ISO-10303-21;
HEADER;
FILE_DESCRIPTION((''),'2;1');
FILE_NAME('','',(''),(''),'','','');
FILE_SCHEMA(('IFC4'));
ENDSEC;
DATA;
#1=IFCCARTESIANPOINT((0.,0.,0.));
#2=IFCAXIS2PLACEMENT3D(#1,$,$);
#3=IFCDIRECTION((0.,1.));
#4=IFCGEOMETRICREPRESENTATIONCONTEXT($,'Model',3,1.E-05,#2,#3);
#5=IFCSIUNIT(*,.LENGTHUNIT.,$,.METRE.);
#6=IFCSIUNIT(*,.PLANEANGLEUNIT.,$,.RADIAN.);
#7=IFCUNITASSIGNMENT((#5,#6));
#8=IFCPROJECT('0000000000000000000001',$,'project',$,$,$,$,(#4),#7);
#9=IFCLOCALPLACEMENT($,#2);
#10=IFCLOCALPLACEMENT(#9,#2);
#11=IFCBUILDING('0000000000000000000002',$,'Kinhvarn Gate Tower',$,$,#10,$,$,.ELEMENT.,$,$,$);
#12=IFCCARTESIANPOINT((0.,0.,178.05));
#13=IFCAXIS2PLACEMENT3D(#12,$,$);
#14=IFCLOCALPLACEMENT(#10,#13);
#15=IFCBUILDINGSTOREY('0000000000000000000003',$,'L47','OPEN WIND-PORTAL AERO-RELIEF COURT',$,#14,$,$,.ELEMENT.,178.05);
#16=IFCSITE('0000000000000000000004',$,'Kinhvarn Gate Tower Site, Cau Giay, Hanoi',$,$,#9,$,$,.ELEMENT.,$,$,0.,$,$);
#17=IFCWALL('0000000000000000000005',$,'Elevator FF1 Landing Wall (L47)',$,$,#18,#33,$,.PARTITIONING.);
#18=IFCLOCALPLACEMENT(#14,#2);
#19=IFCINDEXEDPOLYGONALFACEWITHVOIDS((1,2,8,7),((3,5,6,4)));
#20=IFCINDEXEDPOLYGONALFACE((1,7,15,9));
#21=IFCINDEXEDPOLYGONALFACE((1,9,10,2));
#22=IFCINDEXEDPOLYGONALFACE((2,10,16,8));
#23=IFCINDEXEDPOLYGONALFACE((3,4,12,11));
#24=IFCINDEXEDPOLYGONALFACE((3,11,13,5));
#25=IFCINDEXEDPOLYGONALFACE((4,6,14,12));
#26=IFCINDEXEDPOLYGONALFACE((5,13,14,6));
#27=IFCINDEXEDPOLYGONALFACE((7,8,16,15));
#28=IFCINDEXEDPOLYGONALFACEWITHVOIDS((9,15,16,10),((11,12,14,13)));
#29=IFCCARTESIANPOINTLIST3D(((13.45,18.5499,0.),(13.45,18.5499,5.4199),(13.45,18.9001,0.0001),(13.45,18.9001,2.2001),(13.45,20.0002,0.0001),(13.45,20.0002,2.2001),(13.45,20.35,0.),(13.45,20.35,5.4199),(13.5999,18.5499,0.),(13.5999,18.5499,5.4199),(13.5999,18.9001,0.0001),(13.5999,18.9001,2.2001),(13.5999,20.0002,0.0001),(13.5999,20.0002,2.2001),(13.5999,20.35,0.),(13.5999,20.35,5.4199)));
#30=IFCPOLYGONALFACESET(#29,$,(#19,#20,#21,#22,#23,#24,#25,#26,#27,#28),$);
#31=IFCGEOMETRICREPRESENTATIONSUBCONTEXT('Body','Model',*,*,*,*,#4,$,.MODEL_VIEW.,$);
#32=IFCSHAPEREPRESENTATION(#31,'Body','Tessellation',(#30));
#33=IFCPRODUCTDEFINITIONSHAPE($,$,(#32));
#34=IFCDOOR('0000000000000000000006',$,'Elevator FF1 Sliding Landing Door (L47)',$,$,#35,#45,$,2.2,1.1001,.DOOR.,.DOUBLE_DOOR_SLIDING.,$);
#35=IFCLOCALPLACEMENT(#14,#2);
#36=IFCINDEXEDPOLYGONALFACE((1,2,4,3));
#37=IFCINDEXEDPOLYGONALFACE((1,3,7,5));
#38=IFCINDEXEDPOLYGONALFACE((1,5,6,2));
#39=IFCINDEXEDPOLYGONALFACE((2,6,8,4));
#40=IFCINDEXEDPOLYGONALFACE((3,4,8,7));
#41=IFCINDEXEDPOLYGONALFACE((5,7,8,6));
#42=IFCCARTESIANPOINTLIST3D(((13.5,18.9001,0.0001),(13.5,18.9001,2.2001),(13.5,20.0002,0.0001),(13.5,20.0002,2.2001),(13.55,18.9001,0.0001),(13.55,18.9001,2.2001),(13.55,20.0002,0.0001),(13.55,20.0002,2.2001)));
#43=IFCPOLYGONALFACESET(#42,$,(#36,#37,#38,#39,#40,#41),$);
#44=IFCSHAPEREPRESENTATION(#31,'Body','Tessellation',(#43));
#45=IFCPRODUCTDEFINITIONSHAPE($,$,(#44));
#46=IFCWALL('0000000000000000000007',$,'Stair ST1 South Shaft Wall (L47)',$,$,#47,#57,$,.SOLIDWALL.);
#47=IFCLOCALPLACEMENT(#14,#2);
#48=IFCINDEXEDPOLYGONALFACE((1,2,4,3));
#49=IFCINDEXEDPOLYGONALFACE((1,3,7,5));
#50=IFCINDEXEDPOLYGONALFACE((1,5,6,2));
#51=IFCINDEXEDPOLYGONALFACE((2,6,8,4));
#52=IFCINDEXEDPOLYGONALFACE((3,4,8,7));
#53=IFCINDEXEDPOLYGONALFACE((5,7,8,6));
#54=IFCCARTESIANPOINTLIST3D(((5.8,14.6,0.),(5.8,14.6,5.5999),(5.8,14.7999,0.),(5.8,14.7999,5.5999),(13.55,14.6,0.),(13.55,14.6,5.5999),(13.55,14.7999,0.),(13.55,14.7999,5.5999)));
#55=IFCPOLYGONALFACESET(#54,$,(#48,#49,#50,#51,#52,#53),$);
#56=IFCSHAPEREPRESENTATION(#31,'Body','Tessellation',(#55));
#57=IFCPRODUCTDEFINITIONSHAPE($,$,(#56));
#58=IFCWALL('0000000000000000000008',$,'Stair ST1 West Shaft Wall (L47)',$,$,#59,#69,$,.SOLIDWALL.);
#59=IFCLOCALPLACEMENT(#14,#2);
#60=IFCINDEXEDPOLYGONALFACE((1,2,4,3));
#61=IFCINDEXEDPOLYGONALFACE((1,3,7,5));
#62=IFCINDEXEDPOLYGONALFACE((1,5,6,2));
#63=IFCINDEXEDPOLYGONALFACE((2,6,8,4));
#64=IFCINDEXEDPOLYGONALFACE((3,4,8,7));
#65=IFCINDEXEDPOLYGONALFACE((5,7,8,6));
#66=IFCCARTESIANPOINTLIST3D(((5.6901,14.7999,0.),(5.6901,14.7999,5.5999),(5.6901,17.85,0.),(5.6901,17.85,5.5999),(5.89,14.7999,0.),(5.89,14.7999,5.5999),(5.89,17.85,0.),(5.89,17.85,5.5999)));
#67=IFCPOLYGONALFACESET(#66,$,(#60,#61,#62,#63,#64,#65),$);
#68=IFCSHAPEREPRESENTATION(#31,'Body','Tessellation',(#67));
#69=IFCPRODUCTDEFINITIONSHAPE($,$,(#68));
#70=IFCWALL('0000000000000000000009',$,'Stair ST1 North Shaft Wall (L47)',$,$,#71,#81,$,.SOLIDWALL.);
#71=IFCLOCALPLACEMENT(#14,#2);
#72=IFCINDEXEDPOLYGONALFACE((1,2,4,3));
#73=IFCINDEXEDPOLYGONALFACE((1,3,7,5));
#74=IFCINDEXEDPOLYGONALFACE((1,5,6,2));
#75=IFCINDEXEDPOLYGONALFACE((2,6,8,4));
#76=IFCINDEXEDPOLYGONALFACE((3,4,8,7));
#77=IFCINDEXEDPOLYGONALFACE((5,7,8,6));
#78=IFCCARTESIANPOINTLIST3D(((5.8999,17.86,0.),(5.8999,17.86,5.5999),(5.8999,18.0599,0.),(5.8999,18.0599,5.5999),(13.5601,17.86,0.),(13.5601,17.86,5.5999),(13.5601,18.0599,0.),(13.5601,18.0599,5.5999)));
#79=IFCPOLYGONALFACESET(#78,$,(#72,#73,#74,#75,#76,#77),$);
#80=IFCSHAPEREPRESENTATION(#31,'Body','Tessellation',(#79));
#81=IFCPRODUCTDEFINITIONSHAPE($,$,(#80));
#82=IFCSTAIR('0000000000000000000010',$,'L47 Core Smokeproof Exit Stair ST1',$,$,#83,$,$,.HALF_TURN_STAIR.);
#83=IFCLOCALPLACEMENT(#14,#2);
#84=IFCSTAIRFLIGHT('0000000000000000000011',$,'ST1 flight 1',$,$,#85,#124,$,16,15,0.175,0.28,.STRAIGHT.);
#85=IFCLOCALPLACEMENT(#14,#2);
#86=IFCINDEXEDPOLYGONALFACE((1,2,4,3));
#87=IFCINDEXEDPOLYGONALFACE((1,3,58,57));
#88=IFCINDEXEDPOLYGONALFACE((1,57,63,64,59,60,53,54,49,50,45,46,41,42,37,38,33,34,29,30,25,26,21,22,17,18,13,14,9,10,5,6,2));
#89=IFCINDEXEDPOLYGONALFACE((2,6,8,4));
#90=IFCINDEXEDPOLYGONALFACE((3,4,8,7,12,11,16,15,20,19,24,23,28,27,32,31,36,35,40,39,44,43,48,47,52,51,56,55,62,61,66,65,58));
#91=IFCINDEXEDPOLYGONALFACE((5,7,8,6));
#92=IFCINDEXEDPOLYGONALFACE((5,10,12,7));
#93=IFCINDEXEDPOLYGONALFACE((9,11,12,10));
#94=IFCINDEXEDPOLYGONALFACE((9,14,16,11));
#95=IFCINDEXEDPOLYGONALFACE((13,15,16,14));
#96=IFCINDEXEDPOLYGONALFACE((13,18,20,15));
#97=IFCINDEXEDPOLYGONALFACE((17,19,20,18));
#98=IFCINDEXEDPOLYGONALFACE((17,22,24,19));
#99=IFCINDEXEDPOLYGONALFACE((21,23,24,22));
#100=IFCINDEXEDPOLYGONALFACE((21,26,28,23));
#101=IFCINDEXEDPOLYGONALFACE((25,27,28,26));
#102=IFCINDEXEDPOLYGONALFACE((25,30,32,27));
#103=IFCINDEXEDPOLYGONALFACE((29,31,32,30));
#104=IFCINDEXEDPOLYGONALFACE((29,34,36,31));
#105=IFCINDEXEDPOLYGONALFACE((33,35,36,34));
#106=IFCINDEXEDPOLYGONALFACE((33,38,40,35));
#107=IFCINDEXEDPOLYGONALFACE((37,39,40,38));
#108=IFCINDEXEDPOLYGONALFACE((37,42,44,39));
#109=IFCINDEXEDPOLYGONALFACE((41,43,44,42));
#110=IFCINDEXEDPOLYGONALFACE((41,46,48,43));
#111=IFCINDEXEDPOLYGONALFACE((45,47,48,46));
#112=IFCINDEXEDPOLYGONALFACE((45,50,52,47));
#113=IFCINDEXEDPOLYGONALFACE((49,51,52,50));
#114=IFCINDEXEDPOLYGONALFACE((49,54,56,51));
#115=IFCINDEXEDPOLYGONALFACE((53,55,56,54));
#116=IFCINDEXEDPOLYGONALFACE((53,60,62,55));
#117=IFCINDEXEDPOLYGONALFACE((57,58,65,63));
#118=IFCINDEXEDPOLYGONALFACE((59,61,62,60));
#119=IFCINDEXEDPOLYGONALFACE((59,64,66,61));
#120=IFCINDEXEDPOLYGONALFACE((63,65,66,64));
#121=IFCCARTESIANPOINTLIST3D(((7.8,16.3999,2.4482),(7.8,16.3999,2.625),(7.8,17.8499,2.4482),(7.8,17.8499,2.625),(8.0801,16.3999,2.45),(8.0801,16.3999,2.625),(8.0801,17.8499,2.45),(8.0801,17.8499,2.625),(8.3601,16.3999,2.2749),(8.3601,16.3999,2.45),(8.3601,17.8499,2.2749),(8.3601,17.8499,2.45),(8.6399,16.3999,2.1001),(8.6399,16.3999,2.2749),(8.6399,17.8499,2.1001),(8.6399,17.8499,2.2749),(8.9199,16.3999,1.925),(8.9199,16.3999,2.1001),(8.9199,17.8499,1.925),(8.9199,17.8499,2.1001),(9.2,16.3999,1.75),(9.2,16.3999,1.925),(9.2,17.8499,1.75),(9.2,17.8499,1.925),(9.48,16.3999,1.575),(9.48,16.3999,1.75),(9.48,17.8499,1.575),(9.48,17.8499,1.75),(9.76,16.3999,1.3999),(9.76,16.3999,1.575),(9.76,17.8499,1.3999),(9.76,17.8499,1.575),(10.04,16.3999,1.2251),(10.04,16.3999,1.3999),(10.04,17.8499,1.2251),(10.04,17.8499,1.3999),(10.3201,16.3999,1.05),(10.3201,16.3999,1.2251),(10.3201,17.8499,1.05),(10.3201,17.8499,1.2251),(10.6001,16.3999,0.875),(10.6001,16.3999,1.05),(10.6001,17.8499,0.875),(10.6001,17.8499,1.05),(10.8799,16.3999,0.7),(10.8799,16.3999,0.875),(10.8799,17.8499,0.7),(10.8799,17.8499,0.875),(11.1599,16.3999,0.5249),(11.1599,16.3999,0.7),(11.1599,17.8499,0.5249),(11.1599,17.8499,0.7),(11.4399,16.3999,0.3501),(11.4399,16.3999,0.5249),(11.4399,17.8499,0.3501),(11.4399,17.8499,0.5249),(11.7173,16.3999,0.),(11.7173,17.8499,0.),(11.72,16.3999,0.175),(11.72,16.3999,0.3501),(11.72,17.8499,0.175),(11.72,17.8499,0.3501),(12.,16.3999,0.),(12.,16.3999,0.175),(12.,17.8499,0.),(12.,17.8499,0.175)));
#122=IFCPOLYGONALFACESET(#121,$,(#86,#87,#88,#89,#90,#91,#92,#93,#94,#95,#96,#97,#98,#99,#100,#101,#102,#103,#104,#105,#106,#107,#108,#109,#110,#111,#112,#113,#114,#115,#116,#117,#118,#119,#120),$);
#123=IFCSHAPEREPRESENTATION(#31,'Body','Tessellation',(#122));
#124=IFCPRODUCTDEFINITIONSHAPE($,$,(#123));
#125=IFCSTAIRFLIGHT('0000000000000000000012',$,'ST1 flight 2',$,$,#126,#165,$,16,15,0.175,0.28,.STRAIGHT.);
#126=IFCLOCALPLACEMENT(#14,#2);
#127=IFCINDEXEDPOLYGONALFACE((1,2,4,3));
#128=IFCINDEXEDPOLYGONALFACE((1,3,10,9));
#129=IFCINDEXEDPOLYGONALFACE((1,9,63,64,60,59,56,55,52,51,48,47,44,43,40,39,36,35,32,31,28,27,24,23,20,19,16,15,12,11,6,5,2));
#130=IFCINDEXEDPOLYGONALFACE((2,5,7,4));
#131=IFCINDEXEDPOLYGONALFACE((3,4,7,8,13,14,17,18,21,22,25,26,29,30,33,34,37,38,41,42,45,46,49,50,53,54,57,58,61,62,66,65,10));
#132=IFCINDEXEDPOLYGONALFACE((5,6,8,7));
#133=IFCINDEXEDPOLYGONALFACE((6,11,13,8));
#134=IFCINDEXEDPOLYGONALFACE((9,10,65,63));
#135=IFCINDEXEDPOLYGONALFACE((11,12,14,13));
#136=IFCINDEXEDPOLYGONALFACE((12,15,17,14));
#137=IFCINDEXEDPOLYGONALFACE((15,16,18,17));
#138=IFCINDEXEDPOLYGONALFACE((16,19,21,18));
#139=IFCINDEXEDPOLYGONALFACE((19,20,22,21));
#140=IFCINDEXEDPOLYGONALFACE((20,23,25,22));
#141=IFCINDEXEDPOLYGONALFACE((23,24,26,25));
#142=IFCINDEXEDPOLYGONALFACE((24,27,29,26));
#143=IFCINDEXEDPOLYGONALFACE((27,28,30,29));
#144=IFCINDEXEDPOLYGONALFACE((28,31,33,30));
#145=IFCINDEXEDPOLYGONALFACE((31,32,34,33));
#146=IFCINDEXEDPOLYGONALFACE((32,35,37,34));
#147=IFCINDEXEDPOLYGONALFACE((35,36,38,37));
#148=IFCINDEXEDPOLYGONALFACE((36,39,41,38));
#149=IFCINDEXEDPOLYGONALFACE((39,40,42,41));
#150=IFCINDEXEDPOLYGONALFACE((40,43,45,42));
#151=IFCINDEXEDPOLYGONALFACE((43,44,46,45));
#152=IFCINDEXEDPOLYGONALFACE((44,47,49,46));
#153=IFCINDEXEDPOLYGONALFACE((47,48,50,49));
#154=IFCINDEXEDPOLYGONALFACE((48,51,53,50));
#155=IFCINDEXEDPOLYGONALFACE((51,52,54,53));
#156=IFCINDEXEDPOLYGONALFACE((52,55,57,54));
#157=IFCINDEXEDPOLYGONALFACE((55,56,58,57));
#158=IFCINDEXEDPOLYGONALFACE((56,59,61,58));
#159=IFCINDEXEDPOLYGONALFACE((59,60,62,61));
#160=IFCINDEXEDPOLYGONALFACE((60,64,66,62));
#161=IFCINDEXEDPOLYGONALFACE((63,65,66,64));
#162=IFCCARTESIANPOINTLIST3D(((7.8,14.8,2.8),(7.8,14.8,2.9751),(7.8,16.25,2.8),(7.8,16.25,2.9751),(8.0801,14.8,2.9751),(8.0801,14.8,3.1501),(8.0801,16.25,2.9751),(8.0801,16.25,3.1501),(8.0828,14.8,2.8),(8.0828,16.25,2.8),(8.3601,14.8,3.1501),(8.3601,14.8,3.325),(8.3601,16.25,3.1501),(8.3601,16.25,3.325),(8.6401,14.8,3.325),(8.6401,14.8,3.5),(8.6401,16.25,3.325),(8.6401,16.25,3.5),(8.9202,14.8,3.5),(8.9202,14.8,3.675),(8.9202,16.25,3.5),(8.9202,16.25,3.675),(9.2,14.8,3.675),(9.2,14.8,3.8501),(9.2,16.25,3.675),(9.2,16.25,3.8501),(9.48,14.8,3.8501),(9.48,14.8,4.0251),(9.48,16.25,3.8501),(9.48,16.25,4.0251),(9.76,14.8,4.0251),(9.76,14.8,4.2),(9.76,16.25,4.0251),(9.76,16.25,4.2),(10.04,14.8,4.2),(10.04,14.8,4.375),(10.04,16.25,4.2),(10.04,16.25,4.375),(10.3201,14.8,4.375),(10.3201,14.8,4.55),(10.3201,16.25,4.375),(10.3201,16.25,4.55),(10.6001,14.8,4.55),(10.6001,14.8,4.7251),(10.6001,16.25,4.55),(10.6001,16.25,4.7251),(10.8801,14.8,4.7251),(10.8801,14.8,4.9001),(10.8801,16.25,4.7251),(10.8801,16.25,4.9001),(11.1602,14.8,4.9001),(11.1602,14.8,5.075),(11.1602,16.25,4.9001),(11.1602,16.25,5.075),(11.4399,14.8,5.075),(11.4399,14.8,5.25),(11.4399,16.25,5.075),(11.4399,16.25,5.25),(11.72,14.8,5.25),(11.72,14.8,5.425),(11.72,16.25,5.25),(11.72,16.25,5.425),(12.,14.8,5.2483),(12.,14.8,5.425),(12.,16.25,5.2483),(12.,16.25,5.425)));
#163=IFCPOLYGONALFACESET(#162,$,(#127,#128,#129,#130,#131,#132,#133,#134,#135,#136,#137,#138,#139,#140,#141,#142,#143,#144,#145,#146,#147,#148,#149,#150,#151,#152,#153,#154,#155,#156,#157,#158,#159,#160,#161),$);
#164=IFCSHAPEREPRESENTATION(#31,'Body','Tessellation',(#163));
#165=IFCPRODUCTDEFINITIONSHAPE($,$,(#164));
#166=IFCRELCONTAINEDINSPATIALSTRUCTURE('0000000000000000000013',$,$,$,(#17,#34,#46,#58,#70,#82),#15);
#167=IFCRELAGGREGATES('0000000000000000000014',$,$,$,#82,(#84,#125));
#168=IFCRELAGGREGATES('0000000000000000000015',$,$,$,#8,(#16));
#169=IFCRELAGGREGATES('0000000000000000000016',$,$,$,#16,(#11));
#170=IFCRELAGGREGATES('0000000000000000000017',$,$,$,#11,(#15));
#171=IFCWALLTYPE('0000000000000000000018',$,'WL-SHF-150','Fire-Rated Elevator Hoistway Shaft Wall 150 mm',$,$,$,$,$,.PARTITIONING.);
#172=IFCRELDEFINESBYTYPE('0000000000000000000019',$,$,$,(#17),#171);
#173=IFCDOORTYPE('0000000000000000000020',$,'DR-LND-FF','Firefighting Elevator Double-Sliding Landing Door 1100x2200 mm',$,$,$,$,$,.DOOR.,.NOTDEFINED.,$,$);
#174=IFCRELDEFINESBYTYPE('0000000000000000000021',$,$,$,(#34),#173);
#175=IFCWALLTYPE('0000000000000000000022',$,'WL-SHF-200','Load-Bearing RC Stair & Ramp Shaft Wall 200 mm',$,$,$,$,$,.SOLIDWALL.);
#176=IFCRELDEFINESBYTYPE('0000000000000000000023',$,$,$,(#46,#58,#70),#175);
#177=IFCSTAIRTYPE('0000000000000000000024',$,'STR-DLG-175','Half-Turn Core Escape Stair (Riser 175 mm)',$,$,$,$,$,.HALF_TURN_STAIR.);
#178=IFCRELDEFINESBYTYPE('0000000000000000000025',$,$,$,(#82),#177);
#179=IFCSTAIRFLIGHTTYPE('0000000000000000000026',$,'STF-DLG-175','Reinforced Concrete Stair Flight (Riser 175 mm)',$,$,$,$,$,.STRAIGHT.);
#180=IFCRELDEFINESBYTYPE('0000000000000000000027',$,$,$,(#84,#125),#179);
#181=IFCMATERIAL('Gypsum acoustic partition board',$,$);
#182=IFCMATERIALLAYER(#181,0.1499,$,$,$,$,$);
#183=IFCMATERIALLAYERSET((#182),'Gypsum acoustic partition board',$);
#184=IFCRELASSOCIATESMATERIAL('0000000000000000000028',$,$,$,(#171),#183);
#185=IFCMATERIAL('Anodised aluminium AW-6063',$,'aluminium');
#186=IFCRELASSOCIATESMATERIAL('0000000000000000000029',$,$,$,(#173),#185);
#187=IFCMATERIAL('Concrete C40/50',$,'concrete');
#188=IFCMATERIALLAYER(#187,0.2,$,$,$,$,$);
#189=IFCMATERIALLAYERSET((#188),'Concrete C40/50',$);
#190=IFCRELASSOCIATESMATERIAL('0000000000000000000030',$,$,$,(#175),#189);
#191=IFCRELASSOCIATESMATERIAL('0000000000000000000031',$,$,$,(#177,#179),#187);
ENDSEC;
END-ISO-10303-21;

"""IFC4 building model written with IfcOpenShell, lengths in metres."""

from ifc_helpers import new_model, si_unit, direction, frame, frame_2d, origin, place, context, subcontext, project, spatial, polyline, rectangle, outline, extrude, material, layer, layer_set, type_object, element, fill, aggregate, save


model = new_model("IFC4")

# Units and contexts
model_context = context("Model", 3, precision=1e-05, world=origin(), true_north=direction((0.0, 1.0)))
body_context = subcontext(model_context, "Body", "Model", "MODEL_VIEW")
ifc_project = project(units=[si_unit("LENGTHUNIT", "METRE"), si_unit("PLANEANGLEUNIT", "RADIAN")], contexts=[model_context])

# Site, building, storey
site_placement = place(None, origin())
site = spatial("IfcSite", under=ifc_project, at=site_placement, Name="Kinhvarn Gate Tower Site, Cau Giay, Hanoi", CompositionType="ELEMENT", RefElevation=0.0)
building_placement = place(site_placement, origin())
building = spatial("IfcBuilding", under=site, at=building_placement, Name="Kinhvarn Gate Tower", CompositionType="ELEMENT")
storey_placement = place(building_placement, frame((0.0, 0.0, 178.05)))
storey = spatial("IfcBuildingStorey", under=building, at=storey_placement, Name="L47", Description="OPEN WIND-PORTAL AERO-RELIEF COURT", CompositionType="ELEMENT", Elevation=178.05)

# Shared definitions
ifc_material_1 = material(Name="Gypsum acoustic partition board")
ifc_layer_1 = layer(ifc_material_1, 0.1499)
ifc_layer_set_1 = layer_set([ifc_layer_1], Name="Gypsum acoustic partition board")
wall_type_1 = type_object("IfcWallType", Name="WL-SHF-150", Description="Fire-Rated Elevator Hoistway Shaft Wall 150 mm", PredefinedType="PARTITIONING", material=ifc_layer_set_1)

# Wall, opening, door
wall_1_placement = place(storey_placement, frame((13.5249, 18.55, 0.0), z_axis=(0.0, 0.0, 1.0), x_axis=(0.0, 1.0, 0.0)))
wall_1 = element("IfcWall", 1, at=wall_1_placement, inside=storey, type_object=wall_type_1, Name="Elevator FF1 Landing Wall (L47)", PredefinedType="PARTITIONING", context=body_context, shape_type="SweptSolid", body=[
    extrude(rectangle(XDim=1.8, YDim=0.1499, at=frame_2d((0.8999, 0.0))), origin(), (0.0, 0.0, 1.0), 5.4199),
])
opening_1_placement = place(wall_1_placement, frame((0.3501, 0.0, 0.0)))
opening_1 = element("IfcOpeningElement", 2, at=opening_1_placement, cuts=wall_1, PredefinedType="OPENING", context=body_context, shape_type="SweptSolid", body=[
    extrude(rectangle(XDim=1.1001, YDim=2.2, at=frame_2d((0.55, 1.1001))), frame((0.0, 0.085, 0.0), z_axis=(0.0, -1.0, 0.0), x_axis=(1.0, 0.0, 0.0)), (0.0, 0.0, 1.0), 0.1699),
])
ifc_material_2 = material(Name="Anodised aluminium AW-6063", Category="aluminium")
door_type_1 = type_object("IfcDoorType", Name="DR-LND-FF", Description="Firefighting Elevator Double-Sliding Landing Door 1100x2200 mm", OperationType="NOTDEFINED", PredefinedType="DOOR", material=ifc_material_2)
door_1_placement = place(opening_1_placement, origin())
door_1 = element("IfcDoor", 3, at=door_1_placement, inside=storey, type_object=door_type_1, Name="Elevator FF1 Sliding Landing Door (L47)", OperationType="DOUBLE_DOOR_SLIDING", OverallHeight=2.2, OverallWidth=1.1001, PredefinedType="DOOR", context=body_context, shape_type="SweptSolid", body=[
    extrude(rectangle(XDim=1.1001, YDim=2.2, at=frame_2d((0.55, 1.1001))), frame((0.0, 0.0249, 0.0), z_axis=(0.0, -1.0, 0.0), x_axis=(1.0, 0.0, 0.0)), (0.0, 0.0, 1.0), 0.05),
])
fill(opening_1, door_1)

# Walls
ifc_material_3 = material(Name="Concrete C40/50", Category="concrete")
ifc_layer_2 = layer(ifc_material_3, 0.2)
ifc_layer_set_2 = layer_set([ifc_layer_2], Name="Concrete C40/50")
wall_type_2 = type_object("IfcWallType", Name="WL-SHF-200", Description="Load-Bearing RC Stair & Ramp Shaft Wall 200 mm", PredefinedType="SOLIDWALL", material=ifc_layer_set_2)
wall_2_placement = place(storey_placement, frame((5.8, 14.7, 0.0), z_axis=(0.0, 0.0, 1.0), x_axis=(1.0, 0.0, 0.0)))
element("IfcWall", 4, at=wall_2_placement, inside=storey, type_object=wall_type_2, Name="Stair ST1 South Shaft Wall (L47)", PredefinedType="SOLIDWALL", context=body_context, shape_type="SweptSolid", body=[
    extrude(rectangle(XDim=7.75, YDim=0.2, at=frame_2d((3.875, 0.0))), origin(), (0.0, 0.0, 1.0), 5.5999),
])
wall_3_placement = place(storey_placement, frame((5.79, 14.8, 0.0), z_axis=(0.0, 0.0, 1.0), x_axis=(0.0, 1.0, 0.0)))
element("IfcWall", 5, at=wall_3_placement, inside=storey, type_object=wall_type_2, Name="Stair ST1 West Shaft Wall (L47)", PredefinedType="SOLIDWALL", context=body_context, shape_type="SweptSolid", body=[
    extrude(rectangle(XDim=3.05, YDim=0.2, at=frame_2d((1.5249, 0.0))), origin(), (0.0, 0.0, 1.0), 5.5999),
])
wall_4_placement = place(storey_placement, frame((5.8999, 17.96, 0.0), z_axis=(0.0, 0.0, 1.0), x_axis=(1.0, 0.0, 0.0)))
element("IfcWall", 6, at=wall_4_placement, inside=storey, type_object=wall_type_2, Name="Stair ST1 North Shaft Wall (L47)", PredefinedType="SOLIDWALL", context=body_context, shape_type="SweptSolid", body=[
    extrude(rectangle(XDim=7.6602, YDim=0.2, at=frame_2d((3.8301, 0.0))), origin(), (0.0, 0.0, 1.0), 5.5999),
])

# Stair, stair flights
stair_type = type_object("IfcStairType", Name="STR-DLG-175", Description="Half-Turn Core Escape Stair (Riser 175 mm)", PredefinedType="HALF_TURN_STAIR", material=ifc_material_3)
stair_placement = place(storey_placement, origin())
stair = element("IfcStair", 7, at=stair_placement, inside=storey, type_object=stair_type, Name="L47 Core Smokeproof Exit Stair ST1", PredefinedType="HALF_TURN_STAIR")
stair_flight_type = type_object("IfcStairFlightType", Name="STF-DLG-175", Description="Reinforced Concrete Stair Flight (Riser 175 mm)", PredefinedType="STRAIGHT", material=ifc_material_3)
stair_flight_1_placement = place(storey_placement, frame((12.0, 17.125, 0.0), z_axis=(0.0, 0.0, 1.0), x_axis=(-1.0, 0.0, 0.0)))
stair_flight_1 = element("IfcStairFlight", 8, at=stair_flight_1_placement, type_object=stair_flight_type, Name="ST1 flight 1", NumberOfRisers=16, NumberOfTreads=15, PredefinedType="STRAIGHT", RiserHeight=0.175, TreadLength=0.28, context=body_context, shape_type="SweptSolid", body=[
    extrude(outline(polyline([(0.0, 0.0), (0.0, 0.175), (0.28, 0.175), (0.28, 0.3501), (0.5601, 0.3501), (0.5601, 0.5249), (0.8401, 0.5249), (0.8401, 0.7), (1.1201, 0.7), (1.1201, 0.875), (1.3999, 0.875), (1.3999, 1.05), (1.6799, 1.05), (1.6799, 1.2251), (1.96, 1.2251), (1.96, 1.3999), (2.24, 1.3999), (2.24, 1.575), (2.52, 1.575), (2.52, 1.75), (2.8, 1.75), (2.8, 1.925), (3.0801, 1.925), (3.0801, 2.1001), (3.3601, 2.1001), (3.3601, 2.2749), (3.6399, 2.2749), (3.6399, 2.45), (3.9199, 2.45), (3.9199, 2.625), (4.2, 2.625), (4.2, 2.8), (4.2, 2.4482), (0.2827, 0.0), (0.0, 0.0)])), frame((0.0, 0.7251, 0.0), z_axis=(0.0, -1.0, 0.0), x_axis=(1.0, 0.0, 0.0)), (0.0, 0.0, 1.0), 1.45),
])
stair_flight_2_placement = place(storey_placement, frame((7.8, 15.5249, 2.8), z_axis=(0.0, 0.0, 1.0), x_axis=(1.0, 0.0, 0.0)))
stair_flight_2 = element("IfcStairFlight", 9, at=stair_flight_2_placement, type_object=stair_flight_type, Name="ST1 flight 2", NumberOfRisers=16, NumberOfTreads=15, PredefinedType="STRAIGHT", RiserHeight=0.175, TreadLength=0.28, context=body_context, shape_type="SweptSolid", body=[
    extrude(outline(polyline([(0.0, 0.0), (0.0, 0.175), (0.28, 0.175), (0.28, 0.3501), (0.5601, 0.3501), (0.5601, 0.5249), (0.8401, 0.5249), (0.8401, 0.7), (1.1201, 0.7), (1.1201, 0.875), (1.3999, 0.875), (1.3999, 1.05), (1.6799, 1.05), (1.6799, 1.2251), (1.96, 1.2251), (1.96, 1.3999), (2.24, 1.3999), (2.24, 1.575), (2.52, 1.575), (2.52, 1.75), (2.8, 1.75), (2.8, 1.925), (3.0801, 1.925), (3.0801, 2.1001), (3.3601, 2.1001), (3.3601, 2.2749), (3.6399, 2.2749), (3.6399, 2.45), (3.9199, 2.45), (3.9199, 2.625), (4.2, 2.625), (4.2, 2.8), (4.2, 2.4482), (0.2827, 0.0), (0.0, 0.0)])), frame((0.0, 0.7251, 0.0), z_axis=(0.0, -1.0, 0.0), x_axis=(1.0, 0.0, 0.0)), (0.0, 0.0, 1.0), 1.45),
])
aggregate(stair, [stair_flight_1, stair_flight_2])

save(model, "model.ifc")
